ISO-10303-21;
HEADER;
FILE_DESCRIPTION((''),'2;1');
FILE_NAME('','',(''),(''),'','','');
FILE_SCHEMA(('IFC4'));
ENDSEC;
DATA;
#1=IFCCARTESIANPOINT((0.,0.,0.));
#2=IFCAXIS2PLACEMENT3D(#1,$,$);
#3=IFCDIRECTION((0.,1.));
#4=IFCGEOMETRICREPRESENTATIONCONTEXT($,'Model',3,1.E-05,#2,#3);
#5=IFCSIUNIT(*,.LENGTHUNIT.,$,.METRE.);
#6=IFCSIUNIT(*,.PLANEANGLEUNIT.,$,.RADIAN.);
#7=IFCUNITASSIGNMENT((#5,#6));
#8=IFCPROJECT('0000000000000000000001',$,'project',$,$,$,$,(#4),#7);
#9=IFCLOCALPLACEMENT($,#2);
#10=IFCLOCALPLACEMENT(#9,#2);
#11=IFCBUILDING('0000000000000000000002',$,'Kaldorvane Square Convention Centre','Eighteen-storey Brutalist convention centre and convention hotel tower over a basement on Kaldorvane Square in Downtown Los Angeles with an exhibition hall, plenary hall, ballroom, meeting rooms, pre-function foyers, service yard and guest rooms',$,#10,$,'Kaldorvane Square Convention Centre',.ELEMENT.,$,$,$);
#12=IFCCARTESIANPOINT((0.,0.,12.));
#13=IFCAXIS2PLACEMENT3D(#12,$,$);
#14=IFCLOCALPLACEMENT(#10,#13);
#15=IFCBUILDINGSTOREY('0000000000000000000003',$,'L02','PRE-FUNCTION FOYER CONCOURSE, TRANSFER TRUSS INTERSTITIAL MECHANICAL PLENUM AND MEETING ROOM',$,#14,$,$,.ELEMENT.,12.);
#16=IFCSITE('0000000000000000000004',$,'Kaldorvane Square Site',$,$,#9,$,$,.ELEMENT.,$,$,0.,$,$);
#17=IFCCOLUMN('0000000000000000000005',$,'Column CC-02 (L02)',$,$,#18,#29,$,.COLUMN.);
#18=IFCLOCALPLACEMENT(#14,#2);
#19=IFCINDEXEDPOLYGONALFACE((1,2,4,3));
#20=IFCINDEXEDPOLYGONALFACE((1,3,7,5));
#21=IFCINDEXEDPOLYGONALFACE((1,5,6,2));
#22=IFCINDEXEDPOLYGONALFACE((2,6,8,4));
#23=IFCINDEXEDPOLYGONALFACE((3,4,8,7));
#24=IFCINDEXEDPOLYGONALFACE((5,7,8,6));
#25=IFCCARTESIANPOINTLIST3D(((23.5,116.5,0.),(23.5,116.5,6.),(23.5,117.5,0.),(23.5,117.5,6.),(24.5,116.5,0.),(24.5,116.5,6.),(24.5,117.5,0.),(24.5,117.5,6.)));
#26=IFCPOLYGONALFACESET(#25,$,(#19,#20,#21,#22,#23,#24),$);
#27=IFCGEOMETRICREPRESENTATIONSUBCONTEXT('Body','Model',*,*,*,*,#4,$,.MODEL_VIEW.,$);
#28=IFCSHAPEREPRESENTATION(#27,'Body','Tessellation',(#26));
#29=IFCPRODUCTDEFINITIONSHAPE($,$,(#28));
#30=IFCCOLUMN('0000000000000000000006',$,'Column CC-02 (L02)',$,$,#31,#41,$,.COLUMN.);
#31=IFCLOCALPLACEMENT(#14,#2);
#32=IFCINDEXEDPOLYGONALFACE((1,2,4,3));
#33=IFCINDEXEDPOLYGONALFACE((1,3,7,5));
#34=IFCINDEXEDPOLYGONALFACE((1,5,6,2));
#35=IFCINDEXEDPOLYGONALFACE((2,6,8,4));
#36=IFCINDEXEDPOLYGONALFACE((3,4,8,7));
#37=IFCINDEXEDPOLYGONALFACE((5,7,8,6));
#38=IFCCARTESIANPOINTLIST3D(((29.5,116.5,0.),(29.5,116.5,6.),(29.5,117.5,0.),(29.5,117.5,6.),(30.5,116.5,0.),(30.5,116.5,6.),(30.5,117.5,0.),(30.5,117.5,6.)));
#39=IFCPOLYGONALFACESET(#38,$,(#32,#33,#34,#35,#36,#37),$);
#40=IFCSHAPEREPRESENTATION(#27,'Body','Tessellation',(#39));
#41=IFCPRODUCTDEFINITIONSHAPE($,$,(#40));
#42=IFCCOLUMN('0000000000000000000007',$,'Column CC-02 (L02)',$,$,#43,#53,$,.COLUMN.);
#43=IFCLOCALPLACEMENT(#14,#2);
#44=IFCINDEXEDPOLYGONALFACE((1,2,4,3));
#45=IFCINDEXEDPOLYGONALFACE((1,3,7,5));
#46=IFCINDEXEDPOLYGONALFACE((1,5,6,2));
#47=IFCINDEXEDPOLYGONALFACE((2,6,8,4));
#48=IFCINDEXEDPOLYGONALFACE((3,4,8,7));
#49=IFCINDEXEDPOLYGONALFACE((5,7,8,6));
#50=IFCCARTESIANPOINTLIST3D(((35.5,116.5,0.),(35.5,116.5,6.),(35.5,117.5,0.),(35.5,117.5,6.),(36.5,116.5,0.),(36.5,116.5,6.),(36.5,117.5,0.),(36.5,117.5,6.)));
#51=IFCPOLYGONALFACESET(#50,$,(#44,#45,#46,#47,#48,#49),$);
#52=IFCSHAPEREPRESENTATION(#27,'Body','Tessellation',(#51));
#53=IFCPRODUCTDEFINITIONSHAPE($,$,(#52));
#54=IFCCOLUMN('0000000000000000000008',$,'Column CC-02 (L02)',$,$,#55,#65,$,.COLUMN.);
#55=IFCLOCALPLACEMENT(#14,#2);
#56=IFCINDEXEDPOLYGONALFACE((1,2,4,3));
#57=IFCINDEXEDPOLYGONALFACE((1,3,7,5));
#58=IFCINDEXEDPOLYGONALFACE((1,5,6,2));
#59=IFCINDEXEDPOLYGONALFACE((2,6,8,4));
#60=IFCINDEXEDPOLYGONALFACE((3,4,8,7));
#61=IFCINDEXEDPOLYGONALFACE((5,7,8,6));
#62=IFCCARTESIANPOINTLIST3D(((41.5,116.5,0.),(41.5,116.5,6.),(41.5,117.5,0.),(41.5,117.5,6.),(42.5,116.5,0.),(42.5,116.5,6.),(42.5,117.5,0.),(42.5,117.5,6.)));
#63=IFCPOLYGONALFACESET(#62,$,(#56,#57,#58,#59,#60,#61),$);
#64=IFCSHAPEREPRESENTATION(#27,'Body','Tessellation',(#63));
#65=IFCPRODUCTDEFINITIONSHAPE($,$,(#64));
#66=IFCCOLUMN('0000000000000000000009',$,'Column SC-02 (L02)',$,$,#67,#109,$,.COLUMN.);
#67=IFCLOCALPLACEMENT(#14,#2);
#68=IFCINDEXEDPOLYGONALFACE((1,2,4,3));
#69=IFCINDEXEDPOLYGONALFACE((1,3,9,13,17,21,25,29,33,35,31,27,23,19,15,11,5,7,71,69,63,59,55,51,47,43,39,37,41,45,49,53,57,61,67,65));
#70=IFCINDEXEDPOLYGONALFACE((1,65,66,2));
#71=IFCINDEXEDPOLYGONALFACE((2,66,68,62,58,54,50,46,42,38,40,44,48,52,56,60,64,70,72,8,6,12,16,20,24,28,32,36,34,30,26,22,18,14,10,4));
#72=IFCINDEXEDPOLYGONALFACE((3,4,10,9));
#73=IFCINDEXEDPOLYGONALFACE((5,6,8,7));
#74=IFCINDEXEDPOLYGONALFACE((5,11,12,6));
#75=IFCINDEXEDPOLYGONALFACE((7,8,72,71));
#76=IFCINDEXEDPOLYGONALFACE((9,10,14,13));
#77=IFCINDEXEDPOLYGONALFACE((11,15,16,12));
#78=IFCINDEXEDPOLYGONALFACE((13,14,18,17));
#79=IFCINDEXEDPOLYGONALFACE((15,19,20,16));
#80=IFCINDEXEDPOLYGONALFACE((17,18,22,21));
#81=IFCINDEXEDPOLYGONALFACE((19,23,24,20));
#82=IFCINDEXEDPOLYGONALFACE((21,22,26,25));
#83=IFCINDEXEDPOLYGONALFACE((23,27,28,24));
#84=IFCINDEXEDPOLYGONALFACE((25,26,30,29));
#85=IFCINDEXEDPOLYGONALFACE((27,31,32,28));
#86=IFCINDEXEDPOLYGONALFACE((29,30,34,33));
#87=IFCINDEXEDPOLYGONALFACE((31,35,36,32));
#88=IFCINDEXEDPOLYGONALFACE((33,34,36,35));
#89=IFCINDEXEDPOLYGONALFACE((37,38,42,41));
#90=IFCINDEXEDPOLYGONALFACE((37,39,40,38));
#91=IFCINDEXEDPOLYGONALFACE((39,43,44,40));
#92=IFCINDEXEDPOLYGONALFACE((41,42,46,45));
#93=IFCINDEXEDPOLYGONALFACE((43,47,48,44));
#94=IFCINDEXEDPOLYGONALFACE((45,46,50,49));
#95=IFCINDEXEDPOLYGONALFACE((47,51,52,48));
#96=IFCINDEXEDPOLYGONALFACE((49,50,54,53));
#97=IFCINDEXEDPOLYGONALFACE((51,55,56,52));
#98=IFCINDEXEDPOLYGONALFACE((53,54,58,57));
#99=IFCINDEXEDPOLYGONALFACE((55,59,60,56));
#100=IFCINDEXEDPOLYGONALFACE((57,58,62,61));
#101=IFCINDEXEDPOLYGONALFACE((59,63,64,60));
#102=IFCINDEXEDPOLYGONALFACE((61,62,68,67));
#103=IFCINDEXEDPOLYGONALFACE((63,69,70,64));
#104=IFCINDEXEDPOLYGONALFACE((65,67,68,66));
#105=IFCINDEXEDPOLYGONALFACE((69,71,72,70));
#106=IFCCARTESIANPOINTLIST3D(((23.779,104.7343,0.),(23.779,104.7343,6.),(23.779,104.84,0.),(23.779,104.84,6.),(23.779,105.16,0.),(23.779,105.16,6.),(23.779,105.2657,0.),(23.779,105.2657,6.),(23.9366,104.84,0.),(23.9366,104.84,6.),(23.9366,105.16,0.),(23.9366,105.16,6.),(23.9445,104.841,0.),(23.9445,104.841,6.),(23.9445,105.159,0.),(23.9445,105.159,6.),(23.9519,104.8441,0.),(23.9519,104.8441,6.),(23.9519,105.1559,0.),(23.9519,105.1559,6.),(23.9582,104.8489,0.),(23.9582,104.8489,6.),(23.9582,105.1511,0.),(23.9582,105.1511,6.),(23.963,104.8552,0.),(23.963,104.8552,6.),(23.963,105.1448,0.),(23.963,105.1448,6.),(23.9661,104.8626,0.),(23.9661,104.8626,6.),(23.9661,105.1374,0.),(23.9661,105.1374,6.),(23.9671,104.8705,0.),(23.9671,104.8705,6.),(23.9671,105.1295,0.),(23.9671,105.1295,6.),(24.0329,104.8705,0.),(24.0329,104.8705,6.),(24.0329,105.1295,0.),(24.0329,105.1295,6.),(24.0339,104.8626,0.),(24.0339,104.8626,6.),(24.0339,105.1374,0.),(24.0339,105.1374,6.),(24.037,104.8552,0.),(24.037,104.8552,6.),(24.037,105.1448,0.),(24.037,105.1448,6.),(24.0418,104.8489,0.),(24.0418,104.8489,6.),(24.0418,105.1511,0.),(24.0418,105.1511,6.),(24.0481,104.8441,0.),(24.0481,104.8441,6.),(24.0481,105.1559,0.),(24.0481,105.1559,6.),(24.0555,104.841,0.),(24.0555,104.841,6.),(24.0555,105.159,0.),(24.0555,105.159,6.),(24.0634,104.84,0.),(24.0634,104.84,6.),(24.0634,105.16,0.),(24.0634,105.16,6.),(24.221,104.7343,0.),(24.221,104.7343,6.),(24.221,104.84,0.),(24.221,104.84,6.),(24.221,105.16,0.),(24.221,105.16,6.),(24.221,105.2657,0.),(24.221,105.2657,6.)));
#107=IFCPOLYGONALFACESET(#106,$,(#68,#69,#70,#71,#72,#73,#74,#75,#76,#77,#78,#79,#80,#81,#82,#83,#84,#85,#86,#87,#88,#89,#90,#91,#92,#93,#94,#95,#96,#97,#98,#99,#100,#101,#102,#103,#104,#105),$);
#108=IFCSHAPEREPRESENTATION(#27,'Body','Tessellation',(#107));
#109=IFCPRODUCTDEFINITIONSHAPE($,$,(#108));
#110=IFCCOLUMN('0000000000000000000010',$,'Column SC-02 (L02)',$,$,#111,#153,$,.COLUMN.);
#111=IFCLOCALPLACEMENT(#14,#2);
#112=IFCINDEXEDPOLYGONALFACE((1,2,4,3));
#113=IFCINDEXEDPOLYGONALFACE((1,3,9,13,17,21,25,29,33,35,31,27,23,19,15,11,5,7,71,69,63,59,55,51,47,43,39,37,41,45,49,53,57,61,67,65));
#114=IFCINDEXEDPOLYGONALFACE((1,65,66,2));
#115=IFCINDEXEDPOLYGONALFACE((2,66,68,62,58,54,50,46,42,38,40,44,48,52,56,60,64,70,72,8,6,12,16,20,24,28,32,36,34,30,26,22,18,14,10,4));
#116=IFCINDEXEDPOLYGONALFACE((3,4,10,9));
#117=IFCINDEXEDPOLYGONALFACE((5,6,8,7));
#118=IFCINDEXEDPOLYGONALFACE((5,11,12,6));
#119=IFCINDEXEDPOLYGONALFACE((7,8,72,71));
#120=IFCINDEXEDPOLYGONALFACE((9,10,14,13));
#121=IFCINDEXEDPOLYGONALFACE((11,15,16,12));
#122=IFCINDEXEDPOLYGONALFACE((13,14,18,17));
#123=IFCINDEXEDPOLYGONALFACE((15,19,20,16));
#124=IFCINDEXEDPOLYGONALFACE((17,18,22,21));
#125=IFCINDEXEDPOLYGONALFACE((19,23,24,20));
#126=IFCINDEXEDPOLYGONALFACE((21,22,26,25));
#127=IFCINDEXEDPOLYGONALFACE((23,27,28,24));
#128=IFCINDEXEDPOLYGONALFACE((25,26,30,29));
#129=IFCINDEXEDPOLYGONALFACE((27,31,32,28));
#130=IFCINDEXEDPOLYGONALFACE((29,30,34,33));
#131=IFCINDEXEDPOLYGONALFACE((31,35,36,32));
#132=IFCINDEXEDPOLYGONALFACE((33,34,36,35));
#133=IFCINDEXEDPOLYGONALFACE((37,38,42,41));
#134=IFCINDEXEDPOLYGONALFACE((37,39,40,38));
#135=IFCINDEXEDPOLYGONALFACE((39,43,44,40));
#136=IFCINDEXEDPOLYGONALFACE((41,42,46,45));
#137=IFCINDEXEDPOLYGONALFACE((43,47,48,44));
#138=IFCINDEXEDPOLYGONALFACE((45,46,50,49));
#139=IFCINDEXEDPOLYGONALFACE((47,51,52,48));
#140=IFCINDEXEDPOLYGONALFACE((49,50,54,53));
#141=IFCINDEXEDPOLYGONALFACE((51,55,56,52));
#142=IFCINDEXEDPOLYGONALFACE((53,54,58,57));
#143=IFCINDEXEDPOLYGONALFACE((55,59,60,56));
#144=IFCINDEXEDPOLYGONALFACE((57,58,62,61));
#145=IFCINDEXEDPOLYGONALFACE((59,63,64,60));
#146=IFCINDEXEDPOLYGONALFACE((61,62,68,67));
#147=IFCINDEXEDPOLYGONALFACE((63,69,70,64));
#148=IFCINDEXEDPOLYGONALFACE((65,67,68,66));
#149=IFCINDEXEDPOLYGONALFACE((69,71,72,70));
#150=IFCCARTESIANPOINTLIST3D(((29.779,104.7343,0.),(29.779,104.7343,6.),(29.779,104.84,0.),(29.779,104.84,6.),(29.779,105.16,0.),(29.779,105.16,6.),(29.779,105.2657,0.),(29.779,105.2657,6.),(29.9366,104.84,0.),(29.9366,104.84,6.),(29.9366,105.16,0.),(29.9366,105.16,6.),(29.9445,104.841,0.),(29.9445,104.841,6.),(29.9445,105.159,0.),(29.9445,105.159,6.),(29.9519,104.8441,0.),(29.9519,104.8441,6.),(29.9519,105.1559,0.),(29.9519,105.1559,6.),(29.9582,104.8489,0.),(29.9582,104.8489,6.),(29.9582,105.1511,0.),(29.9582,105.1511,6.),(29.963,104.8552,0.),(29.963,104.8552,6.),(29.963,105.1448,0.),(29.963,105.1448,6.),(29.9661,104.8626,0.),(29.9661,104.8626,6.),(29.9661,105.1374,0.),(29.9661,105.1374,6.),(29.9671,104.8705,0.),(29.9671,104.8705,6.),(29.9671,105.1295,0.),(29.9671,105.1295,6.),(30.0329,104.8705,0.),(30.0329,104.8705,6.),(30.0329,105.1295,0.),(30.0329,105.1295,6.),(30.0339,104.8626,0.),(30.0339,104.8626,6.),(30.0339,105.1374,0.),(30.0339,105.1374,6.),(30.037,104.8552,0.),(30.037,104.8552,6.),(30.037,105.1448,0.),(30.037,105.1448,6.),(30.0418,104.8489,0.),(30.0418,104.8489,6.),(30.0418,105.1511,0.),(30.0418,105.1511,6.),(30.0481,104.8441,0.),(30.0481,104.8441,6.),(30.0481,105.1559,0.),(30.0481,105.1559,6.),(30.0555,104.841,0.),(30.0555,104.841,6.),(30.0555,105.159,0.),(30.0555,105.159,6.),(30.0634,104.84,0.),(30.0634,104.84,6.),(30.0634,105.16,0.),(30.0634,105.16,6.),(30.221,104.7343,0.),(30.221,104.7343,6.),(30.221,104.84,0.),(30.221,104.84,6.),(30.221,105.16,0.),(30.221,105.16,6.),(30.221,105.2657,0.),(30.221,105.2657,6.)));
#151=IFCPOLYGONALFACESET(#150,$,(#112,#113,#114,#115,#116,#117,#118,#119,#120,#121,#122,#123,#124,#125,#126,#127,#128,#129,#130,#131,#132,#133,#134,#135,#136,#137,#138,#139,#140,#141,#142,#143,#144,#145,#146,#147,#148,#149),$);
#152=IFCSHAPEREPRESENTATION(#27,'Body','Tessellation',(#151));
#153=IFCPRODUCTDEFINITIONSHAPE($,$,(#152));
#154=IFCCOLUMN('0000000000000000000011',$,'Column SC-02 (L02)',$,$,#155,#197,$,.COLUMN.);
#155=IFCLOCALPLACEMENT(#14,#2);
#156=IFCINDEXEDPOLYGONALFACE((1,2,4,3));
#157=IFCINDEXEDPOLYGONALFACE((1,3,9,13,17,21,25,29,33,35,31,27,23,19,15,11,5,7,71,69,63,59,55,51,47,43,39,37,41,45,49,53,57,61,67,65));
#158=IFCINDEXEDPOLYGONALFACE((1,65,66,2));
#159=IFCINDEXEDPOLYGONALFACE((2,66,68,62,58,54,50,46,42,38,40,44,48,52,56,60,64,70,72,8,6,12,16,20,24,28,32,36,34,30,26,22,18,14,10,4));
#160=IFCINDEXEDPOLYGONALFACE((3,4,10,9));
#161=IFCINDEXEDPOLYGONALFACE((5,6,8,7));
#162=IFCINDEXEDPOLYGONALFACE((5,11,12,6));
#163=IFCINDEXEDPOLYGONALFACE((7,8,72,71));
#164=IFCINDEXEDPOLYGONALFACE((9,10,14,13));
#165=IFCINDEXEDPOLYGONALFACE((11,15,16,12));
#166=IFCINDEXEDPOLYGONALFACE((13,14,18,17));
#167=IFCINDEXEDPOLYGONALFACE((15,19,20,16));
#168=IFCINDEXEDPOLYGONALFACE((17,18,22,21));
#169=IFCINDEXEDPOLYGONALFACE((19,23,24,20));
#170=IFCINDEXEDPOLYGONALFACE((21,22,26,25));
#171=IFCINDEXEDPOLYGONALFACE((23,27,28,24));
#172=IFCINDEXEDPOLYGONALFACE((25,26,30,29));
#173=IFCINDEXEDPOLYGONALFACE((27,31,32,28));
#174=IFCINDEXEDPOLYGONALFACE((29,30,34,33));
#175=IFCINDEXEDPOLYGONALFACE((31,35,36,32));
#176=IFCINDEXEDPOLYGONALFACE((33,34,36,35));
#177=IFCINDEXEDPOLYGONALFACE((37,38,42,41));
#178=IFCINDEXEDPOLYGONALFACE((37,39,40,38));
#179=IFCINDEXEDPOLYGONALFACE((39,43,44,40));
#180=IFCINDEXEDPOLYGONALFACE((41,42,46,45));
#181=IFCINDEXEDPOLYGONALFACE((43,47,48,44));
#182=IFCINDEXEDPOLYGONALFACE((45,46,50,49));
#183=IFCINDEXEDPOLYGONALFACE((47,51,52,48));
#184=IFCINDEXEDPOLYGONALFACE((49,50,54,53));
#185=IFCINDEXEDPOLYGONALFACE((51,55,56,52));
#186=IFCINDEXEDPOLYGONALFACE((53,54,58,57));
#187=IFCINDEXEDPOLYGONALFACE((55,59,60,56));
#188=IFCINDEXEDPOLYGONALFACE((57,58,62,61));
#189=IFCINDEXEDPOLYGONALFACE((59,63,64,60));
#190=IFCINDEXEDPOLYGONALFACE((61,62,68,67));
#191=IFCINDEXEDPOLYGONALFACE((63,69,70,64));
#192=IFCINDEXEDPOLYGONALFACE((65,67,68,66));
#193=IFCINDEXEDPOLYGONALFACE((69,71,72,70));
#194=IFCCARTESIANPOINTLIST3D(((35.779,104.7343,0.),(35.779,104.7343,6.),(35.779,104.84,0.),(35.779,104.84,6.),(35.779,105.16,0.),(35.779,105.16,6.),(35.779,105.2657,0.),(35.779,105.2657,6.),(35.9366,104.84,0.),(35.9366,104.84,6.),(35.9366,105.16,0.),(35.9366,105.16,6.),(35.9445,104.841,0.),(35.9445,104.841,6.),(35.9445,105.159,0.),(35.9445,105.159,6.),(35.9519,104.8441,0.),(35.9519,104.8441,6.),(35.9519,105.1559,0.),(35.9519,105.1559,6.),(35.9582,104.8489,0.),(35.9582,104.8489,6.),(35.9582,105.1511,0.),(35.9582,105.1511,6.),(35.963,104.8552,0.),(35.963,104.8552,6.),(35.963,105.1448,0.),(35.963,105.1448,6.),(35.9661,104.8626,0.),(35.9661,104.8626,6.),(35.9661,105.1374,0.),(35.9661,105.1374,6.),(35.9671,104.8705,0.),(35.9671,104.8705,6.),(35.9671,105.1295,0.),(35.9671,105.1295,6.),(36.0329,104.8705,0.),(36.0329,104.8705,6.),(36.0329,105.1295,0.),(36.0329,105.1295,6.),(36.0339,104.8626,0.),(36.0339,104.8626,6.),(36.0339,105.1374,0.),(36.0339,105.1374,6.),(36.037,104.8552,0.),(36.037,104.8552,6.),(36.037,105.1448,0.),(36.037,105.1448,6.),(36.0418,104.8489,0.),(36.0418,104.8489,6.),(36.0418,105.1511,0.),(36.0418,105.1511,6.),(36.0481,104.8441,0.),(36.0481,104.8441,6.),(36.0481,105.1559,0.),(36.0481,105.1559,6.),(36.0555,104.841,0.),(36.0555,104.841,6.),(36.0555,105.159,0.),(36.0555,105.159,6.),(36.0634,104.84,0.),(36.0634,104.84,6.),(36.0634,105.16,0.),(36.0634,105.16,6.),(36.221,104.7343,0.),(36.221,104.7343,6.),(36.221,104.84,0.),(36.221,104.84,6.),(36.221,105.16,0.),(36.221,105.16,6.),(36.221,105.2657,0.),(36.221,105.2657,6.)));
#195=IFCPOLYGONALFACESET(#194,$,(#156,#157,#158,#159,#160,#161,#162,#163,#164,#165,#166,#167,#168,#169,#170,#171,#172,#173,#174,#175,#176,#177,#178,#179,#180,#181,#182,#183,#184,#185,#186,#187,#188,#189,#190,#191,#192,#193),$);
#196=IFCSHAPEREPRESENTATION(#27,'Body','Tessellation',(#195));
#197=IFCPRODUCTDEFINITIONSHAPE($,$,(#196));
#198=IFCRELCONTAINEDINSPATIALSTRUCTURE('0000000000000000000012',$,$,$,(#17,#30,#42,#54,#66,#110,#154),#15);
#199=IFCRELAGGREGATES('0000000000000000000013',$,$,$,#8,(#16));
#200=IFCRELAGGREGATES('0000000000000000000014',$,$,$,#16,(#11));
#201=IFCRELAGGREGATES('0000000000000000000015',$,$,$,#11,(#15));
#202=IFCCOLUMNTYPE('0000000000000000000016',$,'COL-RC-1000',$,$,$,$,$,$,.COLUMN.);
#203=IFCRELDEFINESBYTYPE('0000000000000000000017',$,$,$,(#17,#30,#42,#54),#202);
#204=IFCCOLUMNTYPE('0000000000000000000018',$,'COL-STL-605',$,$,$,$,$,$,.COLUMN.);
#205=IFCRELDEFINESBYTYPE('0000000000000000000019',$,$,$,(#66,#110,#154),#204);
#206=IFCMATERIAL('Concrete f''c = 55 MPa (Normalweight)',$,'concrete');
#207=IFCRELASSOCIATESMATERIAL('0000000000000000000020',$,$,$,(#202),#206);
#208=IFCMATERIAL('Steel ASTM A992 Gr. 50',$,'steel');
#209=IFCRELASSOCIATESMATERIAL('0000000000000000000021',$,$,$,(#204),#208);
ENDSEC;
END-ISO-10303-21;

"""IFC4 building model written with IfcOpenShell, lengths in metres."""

from ifc_helpers import new_model, si_unit, direction, frame, origin, origin_2d, place, context, subcontext, project, spatial, rectangle, i_section, extrude, material, material_profile, profile_set, type_object, element, save


model = new_model("IFC4")

# Units and contexts
model_context = context("Model", 3, precision=1e-05, world=origin(), true_north=direction((0.0, 1.0)))
body_context = subcontext(model_context, "Body", "Model", "MODEL_VIEW")
ifc_project = project(units=[si_unit("LENGTHUNIT", "METRE"), si_unit("PLANEANGLEUNIT", "RADIAN")], contexts=[model_context])

# Site, building, storey
site_placement = place(None, origin())
site = spatial("IfcSite", under=ifc_project, at=site_placement, Name="Kaldorvane Square Site", CompositionType="ELEMENT", RefElevation=0.0)
building_placement = place(site_placement, origin())
building = spatial("IfcBuilding", under=site, at=building_placement, Name="Kaldorvane Square Convention Centre", Description="Eighteen-storey Brutalist convention centre and convention hotel tower over a basement on Kaldorvane Square in Downtown Los Angeles with an exhibition hall, plenary hall, ballroom, meeting rooms, pre-function foyers, service yard and guest rooms", LongName="Kaldorvane Square Convention Centre", CompositionType="ELEMENT")
storey_placement = place(building_placement, frame((0.0, 0.0, 12.0)))
storey = spatial("IfcBuildingStorey", under=building, at=storey_placement, Name="L02", Description="PRE-FUNCTION FOYER CONCOURSE, TRANSFER TRUSS INTERSTITIAL MECHANICAL PLENUM AND MEETING ROOM", CompositionType="ELEMENT", Elevation=12.0)

# Columns
ifc_material_1 = material(Name="Concrete f'c = 55 MPa (Normalweight)", Category="concrete")
ifc_material_profile_1 = material_profile(ifc_material_1, rectangle(XDim=1.0, YDim=1.0, at=origin_2d()), Name="RC1000X1000")
ifc_profile_set_1 = profile_set([ifc_material_profile_1], Name="Concrete f'c = 55 MPa (Normalweight)")
column_type_1 = type_object("IfcColumnType", Name="COL-RC-1000", PredefinedType="COLUMN", material=ifc_profile_set_1)
for number, where, z_axis, x_axis, name in (
    (1, (24.0, 117.0, 0.0), (0.0, 0.0, 1.0), (1.0, 0.0, 0.0), "Column CC-02 (L02)"),
    (2, (30.0, 117.0, 0.0), (0.0, 0.0, 1.0), (1.0, 0.0, 0.0), "Column CC-02 (L02)"),
    (3, (36.0, 117.0, 0.0), (0.0, 0.0, 1.0), (1.0, 0.0, 0.0), "Column CC-02 (L02)"),
    (4, (42.0, 117.0, 0.0), (0.0, 0.0, 1.0), (1.0, 0.0, 0.0), "Column CC-02 (L02)"),
):
    element("IfcColumn", number, at=place(storey_placement, frame(where, z_axis=z_axis, x_axis=x_axis)), inside=storey, type_object=column_type_1, Name=name, PredefinedType="COLUMN", context=body_context, shape_type="SweptSolid", body=[
        extrude(rectangle(XDim=1.0, YDim=1.0, at=origin_2d()), origin(), (0.0, 0.0, 1.0), 6.0),
    ])
ifc_material_2 = material(Name="Steel ASTM A992 Gr. 50", Category="steel")
ifc_material_profile_2 = material_profile(ifc_material_2, i_section(OverallWidth=0.442, OverallDepth=0.5314, WebThickness=0.0658, FlangeThickness=0.1057, FilletRadius=0.0305, at=origin_2d()), Name="W14X605")
ifc_profile_set_2 = profile_set([ifc_material_profile_2], Name="Steel ASTM A992 Gr. 50")
column_type_2 = type_object("IfcColumnType", Name="COL-STL-605", PredefinedType="COLUMN", material=ifc_profile_set_2)
for number, where, z_axis, x_axis, name in (
    (5, (24.0, 105.0, 0.0), (0.0, 0.0, 1.0), (1.0, 0.0, 0.0), "Column SC-02 (L02)"),
    (6, (30.0, 105.0, 0.0), (0.0, 0.0, 1.0), (1.0, 0.0, 0.0), "Column SC-02 (L02)"),
    (7, (36.0, 105.0, 0.0), (0.0, 0.0, 1.0), (1.0, 0.0, 0.0), "Column SC-02 (L02)"),
):
    element("IfcColumn", number, at=place(storey_placement, frame(where, z_axis=z_axis, x_axis=x_axis)), inside=storey, type_object=column_type_2, Name=name, PredefinedType="COLUMN", context=body_context, shape_type="SweptSolid", body=[
        extrude(i_section(OverallWidth=0.442, OverallDepth=0.5314, WebThickness=0.0658, FlangeThickness=0.1057, FilletRadius=0.0305, at=origin_2d()), origin(), (0.0, 0.0, 1.0), 6.0),
    ])

save(model, "model.ifc")
